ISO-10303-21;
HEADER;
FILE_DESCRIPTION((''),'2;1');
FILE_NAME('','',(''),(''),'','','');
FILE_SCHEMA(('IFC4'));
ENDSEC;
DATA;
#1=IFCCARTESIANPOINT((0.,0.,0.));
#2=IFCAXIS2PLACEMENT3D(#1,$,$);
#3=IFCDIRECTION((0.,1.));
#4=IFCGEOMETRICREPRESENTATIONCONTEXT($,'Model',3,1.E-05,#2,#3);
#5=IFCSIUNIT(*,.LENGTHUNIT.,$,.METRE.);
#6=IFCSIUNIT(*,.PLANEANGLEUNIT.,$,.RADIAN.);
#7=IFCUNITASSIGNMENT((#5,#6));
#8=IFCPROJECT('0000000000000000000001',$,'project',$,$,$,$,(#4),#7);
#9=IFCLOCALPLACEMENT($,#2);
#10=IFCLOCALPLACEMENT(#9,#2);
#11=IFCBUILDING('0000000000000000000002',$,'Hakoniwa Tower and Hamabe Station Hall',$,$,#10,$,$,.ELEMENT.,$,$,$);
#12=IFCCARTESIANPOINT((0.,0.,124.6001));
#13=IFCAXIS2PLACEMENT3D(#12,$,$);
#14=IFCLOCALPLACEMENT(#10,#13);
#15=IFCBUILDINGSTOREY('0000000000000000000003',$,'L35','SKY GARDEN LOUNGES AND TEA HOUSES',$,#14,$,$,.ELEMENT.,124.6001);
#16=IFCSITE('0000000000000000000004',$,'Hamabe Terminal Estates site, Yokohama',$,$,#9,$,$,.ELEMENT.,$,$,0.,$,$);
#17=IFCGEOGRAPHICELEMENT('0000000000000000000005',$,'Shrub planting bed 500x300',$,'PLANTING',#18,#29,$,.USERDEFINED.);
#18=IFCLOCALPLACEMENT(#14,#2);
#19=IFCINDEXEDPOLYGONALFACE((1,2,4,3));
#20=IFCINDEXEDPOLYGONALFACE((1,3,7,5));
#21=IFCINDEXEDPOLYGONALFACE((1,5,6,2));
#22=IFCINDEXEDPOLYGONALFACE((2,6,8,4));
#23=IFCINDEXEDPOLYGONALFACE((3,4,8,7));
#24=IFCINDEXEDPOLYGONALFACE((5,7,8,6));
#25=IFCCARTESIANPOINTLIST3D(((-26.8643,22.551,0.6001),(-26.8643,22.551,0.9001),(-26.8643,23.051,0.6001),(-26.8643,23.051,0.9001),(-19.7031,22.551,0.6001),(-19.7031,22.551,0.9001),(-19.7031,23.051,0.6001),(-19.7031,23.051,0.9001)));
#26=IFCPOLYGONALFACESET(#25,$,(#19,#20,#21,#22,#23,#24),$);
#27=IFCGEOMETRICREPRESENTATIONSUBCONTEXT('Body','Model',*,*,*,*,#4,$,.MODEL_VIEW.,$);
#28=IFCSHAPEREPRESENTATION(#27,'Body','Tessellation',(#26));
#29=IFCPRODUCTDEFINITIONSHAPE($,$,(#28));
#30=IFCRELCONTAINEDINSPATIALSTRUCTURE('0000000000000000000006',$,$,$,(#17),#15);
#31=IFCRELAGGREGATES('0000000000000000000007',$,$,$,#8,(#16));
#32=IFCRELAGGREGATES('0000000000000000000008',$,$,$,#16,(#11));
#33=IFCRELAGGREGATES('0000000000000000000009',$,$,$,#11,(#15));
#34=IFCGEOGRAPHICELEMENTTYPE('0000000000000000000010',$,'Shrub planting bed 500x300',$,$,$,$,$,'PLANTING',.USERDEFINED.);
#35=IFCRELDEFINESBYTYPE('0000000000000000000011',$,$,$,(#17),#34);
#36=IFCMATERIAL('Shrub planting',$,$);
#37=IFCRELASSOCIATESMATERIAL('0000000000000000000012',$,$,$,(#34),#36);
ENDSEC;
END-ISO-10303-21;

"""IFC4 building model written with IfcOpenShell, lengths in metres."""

from ifc_helpers import new_model, si_unit, direction, frame, origin, origin_2d, place, context, subcontext, project, spatial, rectangle, extrude, material, type_object, element, save


model = new_model("IFC4")

# Units and contexts
model_context = context("Model", 3, precision=1e-05, world=origin(), true_north=direction((0.0, 1.0)))
body_context = subcontext(model_context, "Body", "Model", "MODEL_VIEW")
ifc_project = project(units=[si_unit("LENGTHUNIT", "METRE"), si_unit("PLANEANGLEUNIT", "RADIAN")], contexts=[model_context])

# Site, building, storey
site_placement = place(None, origin())
site = spatial("IfcSite", under=ifc_project, at=site_placement, Name="Hamabe Terminal Estates site, Yokohama", CompositionType="ELEMENT", RefElevation=0.0)
building_placement = place(site_placement, origin())
building = spatial("IfcBuilding", under=site, at=building_placement, Name="Hakoniwa Tower and Hamabe Station Hall", CompositionType="ELEMENT")
storey_placement = place(building_placement, frame((0.0, 0.0, 124.6001)))
storey = spatial("IfcBuildingStorey", under=building, at=storey_placement, Name="L35", Description="SKY GARDEN LOUNGES AND TEA HOUSES", CompositionType="ELEMENT", Elevation=124.6001)

# Geographic element
ifc_material_1 = material(Name="Shrub planting")
geographic_element_type_1 = type_object("IfcGeographicElementType", Name="Shrub planting bed 500x300", ElementType="PLANTING", PredefinedType="USERDEFINED", material=ifc_material_1)
for number, where, z_axis, x_axis, name in (
    (1, (-23.2837, 22.801, 0.6001), (0.0, 0.0, 1.0), (-1.0, 0.0, 0.0), "Shrub planting bed 500x300"),
):
    element("IfcGeographicElement", number, at=place(storey_placement, frame(where, z_axis=z_axis, x_axis=x_axis)), inside=storey, type_object=geographic_element_type_1, Name=name, ObjectType="PLANTING", PredefinedType="USERDEFINED", context=body_context, shape_type="SweptSolid", body=[
        extrude(rectangle(XDim=7.1611, YDim=0.5, at=origin_2d()), origin(), (0.0, 0.0, 1.0), 0.3),
    ])

save(model, "model.ifc")
